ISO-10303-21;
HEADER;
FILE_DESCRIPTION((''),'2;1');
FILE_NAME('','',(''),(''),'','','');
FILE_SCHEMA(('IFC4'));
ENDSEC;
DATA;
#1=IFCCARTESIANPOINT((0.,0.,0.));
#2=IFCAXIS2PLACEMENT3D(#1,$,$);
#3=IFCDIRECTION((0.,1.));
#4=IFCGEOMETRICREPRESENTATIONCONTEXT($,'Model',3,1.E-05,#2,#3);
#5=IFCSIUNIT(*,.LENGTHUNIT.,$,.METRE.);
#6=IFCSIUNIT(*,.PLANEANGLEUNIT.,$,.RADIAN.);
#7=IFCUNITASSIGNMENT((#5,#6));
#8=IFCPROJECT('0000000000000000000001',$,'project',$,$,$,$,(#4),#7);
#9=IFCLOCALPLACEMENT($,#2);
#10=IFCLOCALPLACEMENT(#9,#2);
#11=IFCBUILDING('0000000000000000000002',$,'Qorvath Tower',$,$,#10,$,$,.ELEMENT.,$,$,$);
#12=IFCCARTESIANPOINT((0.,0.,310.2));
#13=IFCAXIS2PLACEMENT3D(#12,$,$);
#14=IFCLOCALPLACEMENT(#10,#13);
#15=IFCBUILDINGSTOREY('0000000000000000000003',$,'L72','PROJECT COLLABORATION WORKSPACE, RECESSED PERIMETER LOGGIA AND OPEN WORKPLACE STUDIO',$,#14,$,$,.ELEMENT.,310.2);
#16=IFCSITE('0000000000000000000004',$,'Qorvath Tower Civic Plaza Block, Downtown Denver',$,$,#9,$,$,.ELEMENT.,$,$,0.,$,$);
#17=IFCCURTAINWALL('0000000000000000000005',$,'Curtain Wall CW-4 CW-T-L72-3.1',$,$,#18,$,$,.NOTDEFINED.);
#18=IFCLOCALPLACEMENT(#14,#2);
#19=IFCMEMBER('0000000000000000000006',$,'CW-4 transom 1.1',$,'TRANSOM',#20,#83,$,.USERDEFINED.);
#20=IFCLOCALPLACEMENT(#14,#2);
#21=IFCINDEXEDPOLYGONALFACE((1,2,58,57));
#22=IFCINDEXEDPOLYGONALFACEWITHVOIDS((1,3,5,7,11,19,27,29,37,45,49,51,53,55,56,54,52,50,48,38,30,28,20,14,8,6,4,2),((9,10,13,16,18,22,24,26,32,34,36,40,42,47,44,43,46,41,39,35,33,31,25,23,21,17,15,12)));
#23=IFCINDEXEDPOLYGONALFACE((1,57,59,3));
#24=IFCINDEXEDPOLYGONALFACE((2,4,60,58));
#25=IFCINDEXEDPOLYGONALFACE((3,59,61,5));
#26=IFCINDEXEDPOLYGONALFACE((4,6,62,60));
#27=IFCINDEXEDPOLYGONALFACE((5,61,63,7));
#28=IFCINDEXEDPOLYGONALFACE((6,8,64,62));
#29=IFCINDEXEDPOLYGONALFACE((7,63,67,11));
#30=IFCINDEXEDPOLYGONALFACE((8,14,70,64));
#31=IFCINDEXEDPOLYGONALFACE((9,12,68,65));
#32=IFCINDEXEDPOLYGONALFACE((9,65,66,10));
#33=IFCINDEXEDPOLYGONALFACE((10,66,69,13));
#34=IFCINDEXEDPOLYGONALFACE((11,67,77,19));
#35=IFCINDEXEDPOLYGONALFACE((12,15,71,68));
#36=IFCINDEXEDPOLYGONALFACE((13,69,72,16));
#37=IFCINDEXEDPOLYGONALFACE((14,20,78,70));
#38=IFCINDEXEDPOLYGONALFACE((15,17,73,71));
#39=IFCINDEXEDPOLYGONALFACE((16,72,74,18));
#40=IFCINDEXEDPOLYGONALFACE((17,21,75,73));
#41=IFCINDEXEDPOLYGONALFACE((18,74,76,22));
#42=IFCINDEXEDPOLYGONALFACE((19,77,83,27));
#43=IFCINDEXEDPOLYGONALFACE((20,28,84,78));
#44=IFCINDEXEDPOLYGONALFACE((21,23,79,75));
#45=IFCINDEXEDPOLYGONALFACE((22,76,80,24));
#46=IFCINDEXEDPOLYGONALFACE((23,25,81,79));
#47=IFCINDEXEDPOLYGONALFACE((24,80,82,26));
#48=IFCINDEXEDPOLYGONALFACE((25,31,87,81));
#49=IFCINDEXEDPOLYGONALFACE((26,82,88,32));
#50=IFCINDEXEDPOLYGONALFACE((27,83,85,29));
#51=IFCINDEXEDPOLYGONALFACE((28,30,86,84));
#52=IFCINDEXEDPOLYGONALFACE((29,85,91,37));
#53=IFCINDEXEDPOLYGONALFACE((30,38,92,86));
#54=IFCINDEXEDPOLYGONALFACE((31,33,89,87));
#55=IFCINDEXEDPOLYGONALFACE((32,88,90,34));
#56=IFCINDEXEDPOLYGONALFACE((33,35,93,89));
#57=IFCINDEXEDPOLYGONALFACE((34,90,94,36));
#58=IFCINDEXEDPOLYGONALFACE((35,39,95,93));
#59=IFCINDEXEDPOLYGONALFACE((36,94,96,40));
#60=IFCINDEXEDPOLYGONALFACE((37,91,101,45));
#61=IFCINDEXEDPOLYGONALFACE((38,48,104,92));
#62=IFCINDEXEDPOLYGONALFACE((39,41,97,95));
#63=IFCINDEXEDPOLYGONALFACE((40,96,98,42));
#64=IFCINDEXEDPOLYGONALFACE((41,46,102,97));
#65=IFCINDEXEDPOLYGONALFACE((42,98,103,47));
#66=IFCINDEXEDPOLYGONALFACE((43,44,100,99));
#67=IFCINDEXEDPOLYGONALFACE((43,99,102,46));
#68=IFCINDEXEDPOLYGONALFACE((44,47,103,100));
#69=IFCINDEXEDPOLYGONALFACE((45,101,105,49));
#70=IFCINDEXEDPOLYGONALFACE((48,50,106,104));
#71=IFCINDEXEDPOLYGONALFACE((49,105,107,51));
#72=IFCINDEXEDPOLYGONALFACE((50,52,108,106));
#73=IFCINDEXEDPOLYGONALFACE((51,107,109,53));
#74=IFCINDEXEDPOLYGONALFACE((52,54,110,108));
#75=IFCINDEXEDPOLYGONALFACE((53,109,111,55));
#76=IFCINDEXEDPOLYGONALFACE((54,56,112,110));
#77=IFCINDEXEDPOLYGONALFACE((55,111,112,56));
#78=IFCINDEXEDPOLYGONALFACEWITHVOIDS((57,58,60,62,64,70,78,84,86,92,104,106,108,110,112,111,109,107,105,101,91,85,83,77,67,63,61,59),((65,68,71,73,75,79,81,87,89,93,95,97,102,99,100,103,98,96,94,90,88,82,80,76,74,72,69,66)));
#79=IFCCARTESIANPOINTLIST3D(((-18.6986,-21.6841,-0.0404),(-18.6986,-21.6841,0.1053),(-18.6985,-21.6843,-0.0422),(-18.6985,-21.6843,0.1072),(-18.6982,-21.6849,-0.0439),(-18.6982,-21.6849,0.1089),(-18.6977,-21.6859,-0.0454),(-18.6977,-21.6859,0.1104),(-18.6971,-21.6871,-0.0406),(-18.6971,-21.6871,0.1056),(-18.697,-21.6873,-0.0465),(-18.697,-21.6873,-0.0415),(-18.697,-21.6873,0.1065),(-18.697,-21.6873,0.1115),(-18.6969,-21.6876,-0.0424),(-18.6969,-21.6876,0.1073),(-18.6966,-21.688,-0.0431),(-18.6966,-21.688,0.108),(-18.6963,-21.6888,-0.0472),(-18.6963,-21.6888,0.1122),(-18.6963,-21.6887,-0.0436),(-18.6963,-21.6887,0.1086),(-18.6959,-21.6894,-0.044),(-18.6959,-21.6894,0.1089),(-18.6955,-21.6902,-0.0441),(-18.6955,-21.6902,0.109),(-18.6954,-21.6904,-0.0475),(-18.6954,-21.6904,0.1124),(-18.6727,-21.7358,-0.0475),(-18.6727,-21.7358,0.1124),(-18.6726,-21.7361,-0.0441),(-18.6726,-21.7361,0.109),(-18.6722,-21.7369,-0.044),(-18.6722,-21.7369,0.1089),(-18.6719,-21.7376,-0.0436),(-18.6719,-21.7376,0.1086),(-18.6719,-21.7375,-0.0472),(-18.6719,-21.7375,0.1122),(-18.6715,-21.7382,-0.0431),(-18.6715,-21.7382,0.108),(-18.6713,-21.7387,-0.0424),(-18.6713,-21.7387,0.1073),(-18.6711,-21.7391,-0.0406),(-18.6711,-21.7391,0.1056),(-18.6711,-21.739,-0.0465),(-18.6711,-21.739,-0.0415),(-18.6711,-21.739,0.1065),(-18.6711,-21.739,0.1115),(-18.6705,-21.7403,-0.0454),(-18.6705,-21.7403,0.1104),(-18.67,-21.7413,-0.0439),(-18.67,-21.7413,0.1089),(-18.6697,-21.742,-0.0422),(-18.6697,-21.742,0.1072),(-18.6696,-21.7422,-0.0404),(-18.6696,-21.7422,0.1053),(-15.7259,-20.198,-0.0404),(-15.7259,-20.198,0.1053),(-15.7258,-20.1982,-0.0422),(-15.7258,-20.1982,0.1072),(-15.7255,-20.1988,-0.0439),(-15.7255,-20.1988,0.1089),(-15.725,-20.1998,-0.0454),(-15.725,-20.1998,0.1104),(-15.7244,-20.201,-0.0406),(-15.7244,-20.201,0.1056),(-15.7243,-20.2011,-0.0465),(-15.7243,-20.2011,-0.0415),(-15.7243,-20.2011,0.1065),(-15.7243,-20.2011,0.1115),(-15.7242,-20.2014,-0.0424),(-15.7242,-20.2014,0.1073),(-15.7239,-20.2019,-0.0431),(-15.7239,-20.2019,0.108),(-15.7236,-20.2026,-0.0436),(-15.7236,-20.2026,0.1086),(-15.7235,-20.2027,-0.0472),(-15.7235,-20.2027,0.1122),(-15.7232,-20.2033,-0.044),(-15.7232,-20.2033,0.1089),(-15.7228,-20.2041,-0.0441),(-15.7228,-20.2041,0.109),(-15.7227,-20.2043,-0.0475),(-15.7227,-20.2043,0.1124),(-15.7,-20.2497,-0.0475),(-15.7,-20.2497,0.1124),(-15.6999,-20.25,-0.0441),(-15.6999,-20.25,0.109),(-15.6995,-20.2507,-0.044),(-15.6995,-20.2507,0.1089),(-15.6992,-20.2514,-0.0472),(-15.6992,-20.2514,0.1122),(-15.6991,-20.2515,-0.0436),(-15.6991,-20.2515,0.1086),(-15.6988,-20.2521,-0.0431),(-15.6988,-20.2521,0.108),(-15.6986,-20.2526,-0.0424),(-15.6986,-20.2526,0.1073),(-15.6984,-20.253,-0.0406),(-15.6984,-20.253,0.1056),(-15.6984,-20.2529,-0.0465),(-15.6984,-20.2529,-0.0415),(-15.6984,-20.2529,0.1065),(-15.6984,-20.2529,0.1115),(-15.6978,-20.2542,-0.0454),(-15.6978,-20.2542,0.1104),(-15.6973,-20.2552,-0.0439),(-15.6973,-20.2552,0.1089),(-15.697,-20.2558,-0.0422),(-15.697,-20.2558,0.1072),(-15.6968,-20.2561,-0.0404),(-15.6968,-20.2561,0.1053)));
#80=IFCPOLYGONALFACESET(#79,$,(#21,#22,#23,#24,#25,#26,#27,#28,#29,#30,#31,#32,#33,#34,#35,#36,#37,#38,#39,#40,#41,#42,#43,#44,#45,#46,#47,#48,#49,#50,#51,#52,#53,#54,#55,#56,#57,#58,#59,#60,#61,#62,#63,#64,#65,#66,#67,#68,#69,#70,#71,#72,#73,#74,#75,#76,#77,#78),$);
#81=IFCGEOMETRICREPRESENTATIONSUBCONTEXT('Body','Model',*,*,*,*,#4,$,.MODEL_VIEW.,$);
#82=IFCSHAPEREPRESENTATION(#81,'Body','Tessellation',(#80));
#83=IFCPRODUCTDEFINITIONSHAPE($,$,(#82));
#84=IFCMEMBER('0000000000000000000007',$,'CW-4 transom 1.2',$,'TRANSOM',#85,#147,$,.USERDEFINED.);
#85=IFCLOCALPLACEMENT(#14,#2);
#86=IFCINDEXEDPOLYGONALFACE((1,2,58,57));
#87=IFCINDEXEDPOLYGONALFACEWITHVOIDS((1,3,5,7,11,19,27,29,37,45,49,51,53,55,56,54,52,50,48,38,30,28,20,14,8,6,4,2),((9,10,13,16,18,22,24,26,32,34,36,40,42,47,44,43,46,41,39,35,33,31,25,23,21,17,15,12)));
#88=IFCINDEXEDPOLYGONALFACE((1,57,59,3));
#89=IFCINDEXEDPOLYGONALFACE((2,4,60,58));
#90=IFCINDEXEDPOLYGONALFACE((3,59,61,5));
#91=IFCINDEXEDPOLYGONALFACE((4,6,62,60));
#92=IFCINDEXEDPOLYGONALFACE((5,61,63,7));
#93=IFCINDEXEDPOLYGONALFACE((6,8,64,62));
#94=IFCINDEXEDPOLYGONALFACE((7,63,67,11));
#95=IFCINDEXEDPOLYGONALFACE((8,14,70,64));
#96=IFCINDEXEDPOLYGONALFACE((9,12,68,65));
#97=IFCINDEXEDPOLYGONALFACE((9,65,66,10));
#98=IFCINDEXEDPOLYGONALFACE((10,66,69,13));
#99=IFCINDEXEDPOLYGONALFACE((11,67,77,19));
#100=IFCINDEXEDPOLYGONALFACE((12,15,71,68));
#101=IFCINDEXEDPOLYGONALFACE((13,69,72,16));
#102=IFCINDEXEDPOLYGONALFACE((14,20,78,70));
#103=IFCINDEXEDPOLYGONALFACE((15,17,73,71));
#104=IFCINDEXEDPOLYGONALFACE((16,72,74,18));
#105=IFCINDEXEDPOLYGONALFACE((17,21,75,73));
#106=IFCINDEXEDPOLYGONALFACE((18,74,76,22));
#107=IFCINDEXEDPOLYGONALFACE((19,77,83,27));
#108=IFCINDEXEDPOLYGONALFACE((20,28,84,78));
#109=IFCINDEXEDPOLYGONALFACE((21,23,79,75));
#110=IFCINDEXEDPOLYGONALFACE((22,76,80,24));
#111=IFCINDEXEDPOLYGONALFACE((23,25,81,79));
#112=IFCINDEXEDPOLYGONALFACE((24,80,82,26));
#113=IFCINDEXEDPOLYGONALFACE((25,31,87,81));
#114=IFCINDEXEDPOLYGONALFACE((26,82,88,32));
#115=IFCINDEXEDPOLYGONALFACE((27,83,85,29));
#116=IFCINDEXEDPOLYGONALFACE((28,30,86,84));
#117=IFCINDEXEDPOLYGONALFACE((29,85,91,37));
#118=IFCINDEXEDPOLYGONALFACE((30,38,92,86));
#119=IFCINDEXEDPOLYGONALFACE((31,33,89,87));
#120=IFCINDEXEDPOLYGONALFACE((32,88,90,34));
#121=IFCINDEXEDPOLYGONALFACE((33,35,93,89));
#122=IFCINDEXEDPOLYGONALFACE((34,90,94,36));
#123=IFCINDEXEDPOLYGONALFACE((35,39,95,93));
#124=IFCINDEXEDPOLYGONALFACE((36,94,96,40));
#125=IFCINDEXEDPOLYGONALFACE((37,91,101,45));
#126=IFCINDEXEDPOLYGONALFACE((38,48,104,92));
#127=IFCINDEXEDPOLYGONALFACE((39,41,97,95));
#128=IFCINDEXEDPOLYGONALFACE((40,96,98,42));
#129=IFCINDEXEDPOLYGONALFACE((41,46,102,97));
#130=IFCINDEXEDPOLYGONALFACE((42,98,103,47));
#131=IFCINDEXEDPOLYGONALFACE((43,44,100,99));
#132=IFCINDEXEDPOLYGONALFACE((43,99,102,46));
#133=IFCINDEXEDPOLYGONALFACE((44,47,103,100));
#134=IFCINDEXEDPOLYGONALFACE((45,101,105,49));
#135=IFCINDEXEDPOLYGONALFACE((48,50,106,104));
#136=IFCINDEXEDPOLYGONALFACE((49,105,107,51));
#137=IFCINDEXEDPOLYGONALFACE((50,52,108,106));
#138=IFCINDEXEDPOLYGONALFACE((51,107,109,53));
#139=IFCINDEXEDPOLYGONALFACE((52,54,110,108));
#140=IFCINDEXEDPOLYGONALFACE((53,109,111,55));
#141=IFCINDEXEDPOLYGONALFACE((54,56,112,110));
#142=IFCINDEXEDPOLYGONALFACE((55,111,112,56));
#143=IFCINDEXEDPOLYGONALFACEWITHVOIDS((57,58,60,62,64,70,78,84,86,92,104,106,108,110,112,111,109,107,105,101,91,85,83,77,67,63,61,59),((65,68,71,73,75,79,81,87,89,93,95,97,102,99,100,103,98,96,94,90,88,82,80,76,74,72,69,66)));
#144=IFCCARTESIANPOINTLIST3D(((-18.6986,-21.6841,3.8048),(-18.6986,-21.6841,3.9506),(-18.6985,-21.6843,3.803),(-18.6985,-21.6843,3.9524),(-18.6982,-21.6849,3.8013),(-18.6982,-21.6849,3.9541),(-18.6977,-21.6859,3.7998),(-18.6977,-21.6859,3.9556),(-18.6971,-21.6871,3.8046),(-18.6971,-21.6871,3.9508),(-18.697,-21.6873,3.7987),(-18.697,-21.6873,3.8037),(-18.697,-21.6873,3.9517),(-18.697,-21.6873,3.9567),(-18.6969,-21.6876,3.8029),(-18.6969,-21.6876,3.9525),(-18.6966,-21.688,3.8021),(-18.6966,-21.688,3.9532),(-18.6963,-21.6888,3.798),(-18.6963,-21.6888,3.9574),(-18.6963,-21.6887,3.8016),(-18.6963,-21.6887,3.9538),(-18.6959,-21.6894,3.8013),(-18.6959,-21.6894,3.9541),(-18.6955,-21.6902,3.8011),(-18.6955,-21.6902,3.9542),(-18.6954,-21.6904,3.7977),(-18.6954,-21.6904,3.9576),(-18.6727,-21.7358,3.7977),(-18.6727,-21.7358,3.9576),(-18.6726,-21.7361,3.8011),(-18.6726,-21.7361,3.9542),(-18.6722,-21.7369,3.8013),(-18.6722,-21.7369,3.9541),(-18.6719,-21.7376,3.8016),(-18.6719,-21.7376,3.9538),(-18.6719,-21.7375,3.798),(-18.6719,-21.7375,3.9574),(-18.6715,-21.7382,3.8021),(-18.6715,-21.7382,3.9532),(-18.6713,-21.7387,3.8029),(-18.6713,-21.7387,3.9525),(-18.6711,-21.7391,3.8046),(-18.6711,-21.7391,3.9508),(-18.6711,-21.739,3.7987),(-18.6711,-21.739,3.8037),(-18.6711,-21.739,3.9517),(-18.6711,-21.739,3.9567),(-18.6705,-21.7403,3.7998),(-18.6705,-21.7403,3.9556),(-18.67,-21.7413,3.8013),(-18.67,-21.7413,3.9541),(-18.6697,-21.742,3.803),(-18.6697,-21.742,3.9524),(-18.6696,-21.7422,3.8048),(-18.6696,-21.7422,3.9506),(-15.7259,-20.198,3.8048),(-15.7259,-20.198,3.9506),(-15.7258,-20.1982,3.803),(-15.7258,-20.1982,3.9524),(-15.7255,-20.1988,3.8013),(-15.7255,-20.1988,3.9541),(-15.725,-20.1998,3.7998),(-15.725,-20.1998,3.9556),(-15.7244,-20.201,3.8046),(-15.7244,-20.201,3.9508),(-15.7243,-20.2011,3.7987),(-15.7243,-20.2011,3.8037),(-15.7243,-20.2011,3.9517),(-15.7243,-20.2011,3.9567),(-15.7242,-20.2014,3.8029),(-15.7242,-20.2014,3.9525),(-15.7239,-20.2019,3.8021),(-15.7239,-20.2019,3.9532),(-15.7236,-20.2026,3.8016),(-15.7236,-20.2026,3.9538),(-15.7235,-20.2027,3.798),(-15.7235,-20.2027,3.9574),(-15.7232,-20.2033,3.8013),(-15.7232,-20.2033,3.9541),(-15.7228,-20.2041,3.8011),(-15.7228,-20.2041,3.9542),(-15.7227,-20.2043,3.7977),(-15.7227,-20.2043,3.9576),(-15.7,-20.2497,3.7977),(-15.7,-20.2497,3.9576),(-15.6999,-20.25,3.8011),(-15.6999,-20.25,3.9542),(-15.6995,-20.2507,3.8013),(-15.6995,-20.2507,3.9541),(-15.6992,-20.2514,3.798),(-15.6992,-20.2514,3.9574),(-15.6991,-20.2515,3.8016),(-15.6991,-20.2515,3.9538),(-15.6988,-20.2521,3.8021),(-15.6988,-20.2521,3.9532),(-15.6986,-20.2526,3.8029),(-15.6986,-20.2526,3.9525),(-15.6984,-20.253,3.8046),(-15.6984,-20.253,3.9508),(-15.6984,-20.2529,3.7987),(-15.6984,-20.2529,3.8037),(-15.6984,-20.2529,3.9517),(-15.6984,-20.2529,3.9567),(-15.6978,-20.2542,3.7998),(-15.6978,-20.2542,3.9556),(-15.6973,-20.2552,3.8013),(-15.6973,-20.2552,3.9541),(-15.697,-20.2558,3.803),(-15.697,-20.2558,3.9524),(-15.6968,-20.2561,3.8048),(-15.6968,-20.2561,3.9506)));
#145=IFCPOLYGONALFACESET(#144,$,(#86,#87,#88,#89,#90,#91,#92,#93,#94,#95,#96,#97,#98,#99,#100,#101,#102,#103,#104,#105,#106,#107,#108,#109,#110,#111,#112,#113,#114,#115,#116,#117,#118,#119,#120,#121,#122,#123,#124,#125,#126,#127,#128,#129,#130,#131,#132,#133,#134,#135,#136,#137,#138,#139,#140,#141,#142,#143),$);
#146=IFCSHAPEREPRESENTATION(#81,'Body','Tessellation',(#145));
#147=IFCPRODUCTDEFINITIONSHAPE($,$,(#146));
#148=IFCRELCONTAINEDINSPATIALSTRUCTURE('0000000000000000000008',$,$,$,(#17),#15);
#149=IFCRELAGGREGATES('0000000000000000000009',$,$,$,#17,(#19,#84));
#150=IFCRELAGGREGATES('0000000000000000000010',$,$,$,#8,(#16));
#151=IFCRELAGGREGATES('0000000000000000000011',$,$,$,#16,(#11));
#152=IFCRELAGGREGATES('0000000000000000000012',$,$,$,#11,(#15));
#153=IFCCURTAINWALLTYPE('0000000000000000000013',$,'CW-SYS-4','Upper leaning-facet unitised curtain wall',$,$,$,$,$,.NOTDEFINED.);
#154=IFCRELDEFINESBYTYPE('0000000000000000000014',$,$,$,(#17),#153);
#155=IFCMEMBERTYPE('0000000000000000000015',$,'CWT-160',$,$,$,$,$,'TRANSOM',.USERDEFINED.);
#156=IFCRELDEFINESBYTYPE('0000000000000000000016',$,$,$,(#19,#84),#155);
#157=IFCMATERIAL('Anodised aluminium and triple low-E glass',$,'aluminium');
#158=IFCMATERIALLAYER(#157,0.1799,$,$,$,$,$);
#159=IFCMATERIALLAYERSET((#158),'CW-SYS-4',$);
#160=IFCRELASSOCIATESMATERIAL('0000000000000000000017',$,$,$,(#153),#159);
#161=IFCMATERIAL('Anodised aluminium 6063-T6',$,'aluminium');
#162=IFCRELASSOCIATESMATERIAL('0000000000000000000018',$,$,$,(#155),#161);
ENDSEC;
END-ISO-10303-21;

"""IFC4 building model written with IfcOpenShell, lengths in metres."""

from ifc_helpers import new_model, si_unit, direction, frame, origin, origin_2d, place, context, subcontext, project, spatial, hollow_rectangle, extrude, material, layer, layer_set, material_profile, profile_set, type_object, element, aggregate, save


model = new_model("IFC4")

# Units and contexts
model_context = context("Model", 3, precision=1e-05, world=origin(), true_north=direction((0.0, 1.0)))
body_context = subcontext(model_context, "Body", "Model", "MODEL_VIEW")
ifc_project = project(units=[si_unit("LENGTHUNIT", "METRE"), si_unit("PLANEANGLEUNIT", "RADIAN")], contexts=[model_context])

# Site, building, storey
site_placement = place(None, origin())
site = spatial("IfcSite", under=ifc_project, at=site_placement, Name="Qorvath Tower Civic Plaza Block, Downtown Denver", CompositionType="ELEMENT", RefElevation=0.0)
building_placement = place(site_placement, origin())
building = spatial("IfcBuilding", under=site, at=building_placement, Name="Qorvath Tower", CompositionType="ELEMENT")
storey_placement = place(building_placement, frame((0.0, 0.0, 310.2)))
storey = spatial("IfcBuildingStorey", under=building, at=storey_placement, Name="L72", Description="PROJECT COLLABORATION WORKSPACE, RECESSED PERIMETER LOGGIA AND OPEN WORKPLACE STUDIO", CompositionType="ELEMENT", Elevation=310.2)

# Shared definitions
ifc_material_1 = material(Name="Anodised aluminium and triple low-E glass", Category="aluminium")
ifc_layer_1 = layer(ifc_material_1, 0.1799)
ifc_layer_set_1 = layer_set([ifc_layer_1], Name="CW-SYS-4")
curtain_wall_type = type_object("IfcCurtainWallType", Name="CW-SYS-4", Description="Upper leaning-facet unitised curtain wall", PredefinedType="NOTDEFINED", material=ifc_layer_set_1)

# Curtain wall
curtain_wall_1_placement = place(storey_placement, origin())
curtain_wall_1 = element("IfcCurtainWall", 1, at=curtain_wall_1_placement, inside=storey, type_object=curtain_wall_type, Name="Curtain Wall CW-4 CW-T-L72-3.1", PredefinedType="NOTDEFINED")

# Members
ifc_material_2 = material(Name="Anodised aluminium 6063-T6", Category="aluminium")
ifc_material_profile_1 = material_profile(ifc_material_2, hollow_rectangle(XDim=0.0649, YDim=0.1599, WallThickness=0.0034, InnerFilletRadius=0.0034, OuterFilletRadius=0.0071, at=origin_2d()), Name="CWT 160x65")
ifc_profile_set_1 = profile_set([ifc_material_profile_1], Name="Anodised aluminium 6063-T6")
member_type_1 = type_object("IfcMemberType", Name="CWT-160", ElementType="TRANSOM", PredefinedType="USERDEFINED", material=ifc_profile_set_1)
member_1_placement = place(storey_placement, frame((-18.6841, -21.7131, 0.0325), z_axis=(0.894457, 0.447155, 0.0), x_axis=(-0.447155, 0.894457, 0.0)))
member_1 = element("IfcMember", 2, at=member_1_placement, type_object=member_type_1, Name="CW-4 transom 1.1", ObjectType="TRANSOM", PredefinedType="USERDEFINED", context=body_context, shape_type="SweptSolid", body=[
    extrude(hollow_rectangle(XDim=0.0649, YDim=0.1599, WallThickness=0.0034, InnerFilletRadius=0.0034, OuterFilletRadius=0.0071, at=origin_2d()), origin(), (0.0, 0.0, 1.0), 3.3235),
])
member_2_placement = place(storey_placement, frame((-18.6841, -21.7131, 3.8777), z_axis=(0.894457, 0.447155, 0.0), x_axis=(-0.447155, 0.894457, 0.0)))
member_2 = element("IfcMember", 3, at=member_2_placement, type_object=member_type_1, Name="CW-4 transom 1.2", ObjectType="TRANSOM", PredefinedType="USERDEFINED", context=body_context, shape_type="SweptSolid", body=[
    extrude(hollow_rectangle(XDim=0.0649, YDim=0.1599, WallThickness=0.0034, InnerFilletRadius=0.0034, OuterFilletRadius=0.0071, at=origin_2d()), origin(), (0.0, 0.0, 1.0), 3.3235),
])

aggregate(curtain_wall_1, [member_1, member_2])

save(model, "model.ifc")
